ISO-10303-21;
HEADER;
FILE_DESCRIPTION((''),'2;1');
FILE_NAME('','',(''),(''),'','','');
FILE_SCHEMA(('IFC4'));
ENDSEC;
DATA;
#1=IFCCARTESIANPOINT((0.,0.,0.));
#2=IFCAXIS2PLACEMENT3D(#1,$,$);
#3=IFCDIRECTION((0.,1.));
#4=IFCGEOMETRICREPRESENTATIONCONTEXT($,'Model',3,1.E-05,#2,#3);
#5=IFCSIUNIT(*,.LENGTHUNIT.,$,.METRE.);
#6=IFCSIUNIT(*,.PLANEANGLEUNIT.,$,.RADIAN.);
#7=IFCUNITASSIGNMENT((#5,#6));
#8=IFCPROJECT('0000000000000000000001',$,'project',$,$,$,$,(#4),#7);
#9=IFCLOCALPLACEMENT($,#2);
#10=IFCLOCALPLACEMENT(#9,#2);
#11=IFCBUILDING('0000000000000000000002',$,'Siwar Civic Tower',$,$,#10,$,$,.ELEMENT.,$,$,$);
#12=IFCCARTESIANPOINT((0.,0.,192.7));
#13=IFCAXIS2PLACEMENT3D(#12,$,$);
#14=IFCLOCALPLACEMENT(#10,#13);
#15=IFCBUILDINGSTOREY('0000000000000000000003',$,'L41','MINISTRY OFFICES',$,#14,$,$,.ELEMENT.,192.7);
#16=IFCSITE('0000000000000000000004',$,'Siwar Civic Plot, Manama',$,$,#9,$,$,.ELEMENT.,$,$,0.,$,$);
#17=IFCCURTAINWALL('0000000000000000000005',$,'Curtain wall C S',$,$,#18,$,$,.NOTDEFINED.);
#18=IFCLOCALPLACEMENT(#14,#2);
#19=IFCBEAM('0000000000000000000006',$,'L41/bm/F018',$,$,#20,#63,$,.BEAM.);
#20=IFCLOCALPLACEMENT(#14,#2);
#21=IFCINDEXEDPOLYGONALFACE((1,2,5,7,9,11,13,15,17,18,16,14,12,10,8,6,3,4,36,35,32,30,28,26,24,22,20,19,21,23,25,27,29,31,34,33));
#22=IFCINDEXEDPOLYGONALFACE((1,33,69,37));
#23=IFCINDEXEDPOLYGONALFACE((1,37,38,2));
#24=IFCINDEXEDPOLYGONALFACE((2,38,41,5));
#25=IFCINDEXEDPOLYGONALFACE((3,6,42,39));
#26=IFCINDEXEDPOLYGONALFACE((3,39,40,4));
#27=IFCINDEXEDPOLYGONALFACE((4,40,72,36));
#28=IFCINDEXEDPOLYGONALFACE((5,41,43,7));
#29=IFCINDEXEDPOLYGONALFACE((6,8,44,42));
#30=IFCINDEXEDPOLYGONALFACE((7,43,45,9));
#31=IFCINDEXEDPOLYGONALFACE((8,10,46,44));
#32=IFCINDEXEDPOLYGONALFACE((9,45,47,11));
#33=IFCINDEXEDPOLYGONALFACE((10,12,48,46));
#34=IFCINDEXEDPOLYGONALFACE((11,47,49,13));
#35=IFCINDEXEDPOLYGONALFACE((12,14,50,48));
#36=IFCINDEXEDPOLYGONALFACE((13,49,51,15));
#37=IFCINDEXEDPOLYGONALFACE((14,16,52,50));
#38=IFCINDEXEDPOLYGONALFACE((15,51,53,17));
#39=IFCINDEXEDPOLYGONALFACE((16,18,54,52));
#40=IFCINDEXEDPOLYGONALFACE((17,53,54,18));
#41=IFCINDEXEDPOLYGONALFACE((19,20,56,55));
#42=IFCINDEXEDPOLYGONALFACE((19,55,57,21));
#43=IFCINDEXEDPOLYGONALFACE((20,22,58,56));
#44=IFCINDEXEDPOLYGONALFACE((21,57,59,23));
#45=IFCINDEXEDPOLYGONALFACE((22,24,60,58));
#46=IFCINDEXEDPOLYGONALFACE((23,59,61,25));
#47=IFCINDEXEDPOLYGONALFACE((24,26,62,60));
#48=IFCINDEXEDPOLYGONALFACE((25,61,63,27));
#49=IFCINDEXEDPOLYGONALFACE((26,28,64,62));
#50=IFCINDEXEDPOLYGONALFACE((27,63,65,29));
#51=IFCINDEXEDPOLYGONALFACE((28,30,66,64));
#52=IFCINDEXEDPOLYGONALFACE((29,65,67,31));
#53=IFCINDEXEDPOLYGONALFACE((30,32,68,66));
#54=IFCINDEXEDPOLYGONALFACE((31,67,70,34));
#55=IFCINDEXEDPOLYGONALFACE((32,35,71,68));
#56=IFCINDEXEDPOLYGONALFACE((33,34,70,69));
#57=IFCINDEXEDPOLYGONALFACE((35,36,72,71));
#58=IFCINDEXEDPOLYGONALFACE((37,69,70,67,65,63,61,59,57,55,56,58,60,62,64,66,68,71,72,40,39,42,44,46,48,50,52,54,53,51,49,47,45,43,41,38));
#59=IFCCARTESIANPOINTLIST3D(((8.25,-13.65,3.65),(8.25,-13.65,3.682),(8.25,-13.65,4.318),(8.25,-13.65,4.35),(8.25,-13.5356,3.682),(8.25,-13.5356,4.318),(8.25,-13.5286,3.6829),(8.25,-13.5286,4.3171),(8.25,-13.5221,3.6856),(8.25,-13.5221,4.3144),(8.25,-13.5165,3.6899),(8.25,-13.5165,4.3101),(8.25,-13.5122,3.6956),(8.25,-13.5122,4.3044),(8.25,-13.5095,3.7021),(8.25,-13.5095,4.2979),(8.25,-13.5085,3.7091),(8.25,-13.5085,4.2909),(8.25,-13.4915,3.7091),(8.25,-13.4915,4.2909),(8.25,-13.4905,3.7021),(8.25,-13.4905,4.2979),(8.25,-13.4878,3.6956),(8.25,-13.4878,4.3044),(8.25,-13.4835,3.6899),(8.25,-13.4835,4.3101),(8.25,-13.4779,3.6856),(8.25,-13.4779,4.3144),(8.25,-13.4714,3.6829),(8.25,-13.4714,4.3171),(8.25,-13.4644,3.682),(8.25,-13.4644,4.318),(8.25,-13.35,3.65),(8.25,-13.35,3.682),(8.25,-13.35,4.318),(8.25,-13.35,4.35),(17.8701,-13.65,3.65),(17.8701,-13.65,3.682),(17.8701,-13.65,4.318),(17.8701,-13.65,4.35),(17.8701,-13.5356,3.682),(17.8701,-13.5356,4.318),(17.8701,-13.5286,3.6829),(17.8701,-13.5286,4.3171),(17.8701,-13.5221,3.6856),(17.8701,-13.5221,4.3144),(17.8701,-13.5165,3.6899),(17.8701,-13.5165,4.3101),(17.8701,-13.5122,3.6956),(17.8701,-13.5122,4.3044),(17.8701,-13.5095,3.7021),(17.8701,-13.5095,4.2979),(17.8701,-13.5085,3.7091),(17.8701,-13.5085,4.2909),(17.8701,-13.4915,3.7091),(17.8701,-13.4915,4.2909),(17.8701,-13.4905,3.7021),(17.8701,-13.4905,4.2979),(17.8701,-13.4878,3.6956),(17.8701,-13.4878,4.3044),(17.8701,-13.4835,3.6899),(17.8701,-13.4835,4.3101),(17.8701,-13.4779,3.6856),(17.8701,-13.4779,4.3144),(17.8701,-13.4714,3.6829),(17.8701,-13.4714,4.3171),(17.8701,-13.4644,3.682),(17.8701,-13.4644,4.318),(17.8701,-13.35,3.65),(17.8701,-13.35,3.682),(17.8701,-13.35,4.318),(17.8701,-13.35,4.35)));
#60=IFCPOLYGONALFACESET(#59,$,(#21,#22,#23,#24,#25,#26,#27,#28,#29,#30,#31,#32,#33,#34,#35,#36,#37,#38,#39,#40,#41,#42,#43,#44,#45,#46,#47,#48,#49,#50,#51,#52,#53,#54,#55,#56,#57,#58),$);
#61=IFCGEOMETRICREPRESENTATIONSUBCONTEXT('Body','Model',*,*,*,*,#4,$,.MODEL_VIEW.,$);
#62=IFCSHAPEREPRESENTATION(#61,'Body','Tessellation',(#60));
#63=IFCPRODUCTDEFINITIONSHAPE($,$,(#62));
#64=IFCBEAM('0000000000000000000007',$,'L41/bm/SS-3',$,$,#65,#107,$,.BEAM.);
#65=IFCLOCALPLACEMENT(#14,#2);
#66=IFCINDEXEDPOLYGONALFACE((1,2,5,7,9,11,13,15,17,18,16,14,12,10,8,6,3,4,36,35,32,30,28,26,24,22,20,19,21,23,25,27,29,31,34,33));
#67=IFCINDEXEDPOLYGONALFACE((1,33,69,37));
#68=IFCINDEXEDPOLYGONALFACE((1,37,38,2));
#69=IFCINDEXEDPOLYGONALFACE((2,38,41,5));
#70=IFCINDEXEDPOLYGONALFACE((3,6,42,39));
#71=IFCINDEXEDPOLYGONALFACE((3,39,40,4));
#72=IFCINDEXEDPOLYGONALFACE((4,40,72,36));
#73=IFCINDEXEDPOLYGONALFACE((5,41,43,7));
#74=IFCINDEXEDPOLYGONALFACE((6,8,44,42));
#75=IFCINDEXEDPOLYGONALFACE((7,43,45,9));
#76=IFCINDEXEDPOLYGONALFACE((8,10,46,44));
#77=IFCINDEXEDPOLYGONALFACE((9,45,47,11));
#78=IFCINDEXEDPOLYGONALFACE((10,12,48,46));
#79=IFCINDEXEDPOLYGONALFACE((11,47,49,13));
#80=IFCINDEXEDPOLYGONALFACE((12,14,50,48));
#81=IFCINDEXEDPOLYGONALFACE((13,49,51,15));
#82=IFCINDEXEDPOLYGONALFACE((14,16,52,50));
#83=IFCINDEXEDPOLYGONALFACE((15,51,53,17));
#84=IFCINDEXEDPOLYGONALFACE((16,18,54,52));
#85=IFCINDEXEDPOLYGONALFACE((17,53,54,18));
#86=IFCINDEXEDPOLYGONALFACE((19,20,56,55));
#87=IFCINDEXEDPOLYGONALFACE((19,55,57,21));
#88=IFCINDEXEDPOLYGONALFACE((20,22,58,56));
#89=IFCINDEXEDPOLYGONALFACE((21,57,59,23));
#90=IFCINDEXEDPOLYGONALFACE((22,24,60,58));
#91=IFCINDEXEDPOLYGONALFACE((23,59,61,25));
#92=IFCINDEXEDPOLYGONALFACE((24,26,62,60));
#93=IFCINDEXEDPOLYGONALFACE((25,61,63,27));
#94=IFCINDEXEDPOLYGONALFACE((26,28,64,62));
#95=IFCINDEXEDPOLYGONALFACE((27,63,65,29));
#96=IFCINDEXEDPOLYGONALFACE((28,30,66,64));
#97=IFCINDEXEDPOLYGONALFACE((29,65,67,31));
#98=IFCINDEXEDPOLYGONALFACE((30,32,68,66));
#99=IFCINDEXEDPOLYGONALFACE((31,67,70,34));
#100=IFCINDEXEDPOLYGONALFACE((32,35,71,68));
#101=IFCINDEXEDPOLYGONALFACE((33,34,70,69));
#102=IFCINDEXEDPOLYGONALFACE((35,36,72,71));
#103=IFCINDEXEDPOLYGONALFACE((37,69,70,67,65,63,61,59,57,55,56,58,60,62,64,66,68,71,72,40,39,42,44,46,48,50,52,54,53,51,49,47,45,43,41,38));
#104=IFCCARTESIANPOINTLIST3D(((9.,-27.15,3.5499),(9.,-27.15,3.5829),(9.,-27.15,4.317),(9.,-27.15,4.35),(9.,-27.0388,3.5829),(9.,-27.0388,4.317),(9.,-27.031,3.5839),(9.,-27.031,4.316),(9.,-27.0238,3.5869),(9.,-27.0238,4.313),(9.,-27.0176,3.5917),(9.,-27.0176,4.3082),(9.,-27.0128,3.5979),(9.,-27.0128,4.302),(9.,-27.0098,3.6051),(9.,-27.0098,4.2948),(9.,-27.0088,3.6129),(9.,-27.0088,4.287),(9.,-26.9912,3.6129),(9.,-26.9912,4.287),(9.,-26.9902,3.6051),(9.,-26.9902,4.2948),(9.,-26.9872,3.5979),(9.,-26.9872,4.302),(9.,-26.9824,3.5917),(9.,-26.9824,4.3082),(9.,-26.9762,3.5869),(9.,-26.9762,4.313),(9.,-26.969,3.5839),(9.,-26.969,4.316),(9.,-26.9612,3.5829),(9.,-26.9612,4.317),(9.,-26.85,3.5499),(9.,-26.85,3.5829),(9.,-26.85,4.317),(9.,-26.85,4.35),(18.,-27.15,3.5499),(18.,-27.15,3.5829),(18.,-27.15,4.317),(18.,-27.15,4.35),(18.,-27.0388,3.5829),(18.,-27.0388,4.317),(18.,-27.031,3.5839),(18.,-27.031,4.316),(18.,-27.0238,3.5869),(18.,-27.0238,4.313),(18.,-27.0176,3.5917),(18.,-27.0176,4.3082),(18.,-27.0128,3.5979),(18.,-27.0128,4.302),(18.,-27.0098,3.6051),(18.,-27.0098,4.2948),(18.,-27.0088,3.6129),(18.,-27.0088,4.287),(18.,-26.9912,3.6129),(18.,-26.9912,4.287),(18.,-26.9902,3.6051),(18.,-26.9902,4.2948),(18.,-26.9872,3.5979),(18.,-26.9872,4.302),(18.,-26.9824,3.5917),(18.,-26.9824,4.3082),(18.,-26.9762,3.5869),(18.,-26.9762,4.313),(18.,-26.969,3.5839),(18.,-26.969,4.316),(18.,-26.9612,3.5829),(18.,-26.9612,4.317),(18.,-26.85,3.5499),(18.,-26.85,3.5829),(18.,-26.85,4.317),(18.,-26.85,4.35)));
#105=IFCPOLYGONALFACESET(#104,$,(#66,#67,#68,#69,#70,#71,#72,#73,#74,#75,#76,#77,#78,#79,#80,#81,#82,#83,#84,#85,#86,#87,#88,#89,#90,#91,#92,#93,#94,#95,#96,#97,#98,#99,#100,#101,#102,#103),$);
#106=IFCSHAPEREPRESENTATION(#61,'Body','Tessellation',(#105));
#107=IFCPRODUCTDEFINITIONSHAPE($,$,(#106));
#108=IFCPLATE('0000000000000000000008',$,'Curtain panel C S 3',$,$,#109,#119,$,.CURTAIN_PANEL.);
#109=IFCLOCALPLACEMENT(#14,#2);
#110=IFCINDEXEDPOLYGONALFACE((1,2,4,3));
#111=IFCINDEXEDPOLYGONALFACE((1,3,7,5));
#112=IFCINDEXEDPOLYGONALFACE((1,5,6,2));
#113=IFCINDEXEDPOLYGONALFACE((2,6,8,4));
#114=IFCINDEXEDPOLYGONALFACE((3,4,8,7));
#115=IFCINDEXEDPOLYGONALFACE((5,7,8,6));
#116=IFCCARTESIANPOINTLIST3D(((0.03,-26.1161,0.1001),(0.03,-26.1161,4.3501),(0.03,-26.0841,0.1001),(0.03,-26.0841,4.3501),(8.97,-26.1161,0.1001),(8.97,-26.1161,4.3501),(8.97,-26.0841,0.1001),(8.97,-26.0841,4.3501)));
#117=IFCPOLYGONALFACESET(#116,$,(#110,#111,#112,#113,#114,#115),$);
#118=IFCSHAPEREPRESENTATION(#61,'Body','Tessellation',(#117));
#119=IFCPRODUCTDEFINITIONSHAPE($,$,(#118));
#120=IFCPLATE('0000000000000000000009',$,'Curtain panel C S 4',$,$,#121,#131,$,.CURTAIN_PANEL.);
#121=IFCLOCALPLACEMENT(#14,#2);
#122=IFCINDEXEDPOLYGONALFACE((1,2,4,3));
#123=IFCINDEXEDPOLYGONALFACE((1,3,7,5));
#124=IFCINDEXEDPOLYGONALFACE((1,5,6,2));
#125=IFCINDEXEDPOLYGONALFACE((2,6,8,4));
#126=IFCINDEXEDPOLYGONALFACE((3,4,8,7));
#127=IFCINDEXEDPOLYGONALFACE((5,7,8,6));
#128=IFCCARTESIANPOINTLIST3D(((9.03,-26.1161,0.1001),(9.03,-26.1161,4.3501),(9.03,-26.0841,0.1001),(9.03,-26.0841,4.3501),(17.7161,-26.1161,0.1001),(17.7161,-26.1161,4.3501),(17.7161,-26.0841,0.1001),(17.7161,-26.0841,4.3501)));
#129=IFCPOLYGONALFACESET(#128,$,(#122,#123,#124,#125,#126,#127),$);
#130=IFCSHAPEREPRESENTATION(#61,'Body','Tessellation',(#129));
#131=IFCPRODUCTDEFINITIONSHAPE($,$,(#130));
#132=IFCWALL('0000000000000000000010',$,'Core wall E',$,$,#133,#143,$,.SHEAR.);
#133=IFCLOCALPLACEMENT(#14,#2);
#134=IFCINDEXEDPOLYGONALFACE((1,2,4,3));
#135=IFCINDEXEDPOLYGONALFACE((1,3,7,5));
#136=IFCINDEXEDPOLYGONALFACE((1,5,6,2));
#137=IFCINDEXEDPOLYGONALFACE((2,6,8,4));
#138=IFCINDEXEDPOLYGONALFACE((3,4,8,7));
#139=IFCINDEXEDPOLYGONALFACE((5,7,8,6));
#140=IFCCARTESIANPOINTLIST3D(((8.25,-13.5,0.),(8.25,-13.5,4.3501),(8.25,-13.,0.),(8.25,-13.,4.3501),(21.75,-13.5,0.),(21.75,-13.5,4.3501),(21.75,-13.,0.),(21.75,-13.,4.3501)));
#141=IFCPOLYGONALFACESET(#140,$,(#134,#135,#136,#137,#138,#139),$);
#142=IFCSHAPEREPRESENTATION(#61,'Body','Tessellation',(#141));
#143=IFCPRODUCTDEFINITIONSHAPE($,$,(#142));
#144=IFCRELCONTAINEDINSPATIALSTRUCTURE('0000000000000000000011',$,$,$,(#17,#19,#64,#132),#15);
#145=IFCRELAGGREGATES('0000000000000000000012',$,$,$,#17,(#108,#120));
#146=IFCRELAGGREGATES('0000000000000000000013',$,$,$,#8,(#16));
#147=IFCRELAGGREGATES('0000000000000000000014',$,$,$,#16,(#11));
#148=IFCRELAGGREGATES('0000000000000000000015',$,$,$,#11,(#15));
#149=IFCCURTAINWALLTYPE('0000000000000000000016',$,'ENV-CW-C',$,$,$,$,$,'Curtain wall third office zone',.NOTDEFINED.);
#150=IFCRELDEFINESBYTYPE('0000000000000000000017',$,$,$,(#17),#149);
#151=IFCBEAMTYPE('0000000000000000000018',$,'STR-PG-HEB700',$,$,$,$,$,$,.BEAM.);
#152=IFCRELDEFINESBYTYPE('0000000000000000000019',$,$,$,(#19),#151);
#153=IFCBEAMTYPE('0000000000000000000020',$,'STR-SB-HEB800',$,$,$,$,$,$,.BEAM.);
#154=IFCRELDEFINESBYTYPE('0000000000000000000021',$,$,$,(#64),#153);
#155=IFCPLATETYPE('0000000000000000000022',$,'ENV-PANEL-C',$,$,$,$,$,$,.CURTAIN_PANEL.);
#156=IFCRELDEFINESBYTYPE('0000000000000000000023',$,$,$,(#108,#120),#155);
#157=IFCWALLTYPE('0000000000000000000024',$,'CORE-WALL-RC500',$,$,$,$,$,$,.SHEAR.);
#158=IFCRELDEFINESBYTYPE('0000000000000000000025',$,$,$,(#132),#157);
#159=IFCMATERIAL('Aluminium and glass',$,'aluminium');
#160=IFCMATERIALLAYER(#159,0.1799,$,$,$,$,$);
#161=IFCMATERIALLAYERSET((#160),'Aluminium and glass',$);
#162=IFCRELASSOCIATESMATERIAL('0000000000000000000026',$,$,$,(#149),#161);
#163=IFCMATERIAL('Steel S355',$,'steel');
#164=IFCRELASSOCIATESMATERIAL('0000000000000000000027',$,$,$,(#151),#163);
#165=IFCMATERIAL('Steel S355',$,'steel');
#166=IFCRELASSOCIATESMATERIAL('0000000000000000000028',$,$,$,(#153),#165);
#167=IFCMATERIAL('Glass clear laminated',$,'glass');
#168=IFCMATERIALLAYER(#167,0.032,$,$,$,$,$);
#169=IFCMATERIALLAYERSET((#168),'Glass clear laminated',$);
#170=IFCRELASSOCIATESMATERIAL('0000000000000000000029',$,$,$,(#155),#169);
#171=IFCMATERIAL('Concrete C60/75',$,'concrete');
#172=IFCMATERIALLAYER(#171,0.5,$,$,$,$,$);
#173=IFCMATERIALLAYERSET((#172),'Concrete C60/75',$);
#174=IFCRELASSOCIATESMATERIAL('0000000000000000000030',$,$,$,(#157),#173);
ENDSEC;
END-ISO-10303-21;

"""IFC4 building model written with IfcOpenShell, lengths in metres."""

from ifc_helpers import new_model, si_unit, direction, frame, frame_2d, origin, origin_2d, place, context, subcontext, project, spatial, rectangle, i_section, extrude, material, layer, layer_set, material_profile, profile_set, type_object, element, aggregate, save


model = new_model("IFC4")

# Units and contexts
model_context = context("Model", 3, precision=1e-05, world=origin(), true_north=direction((0.0, 1.0)))
body_context = subcontext(model_context, "Body", "Model", "MODEL_VIEW")
ifc_project = project(units=[si_unit("LENGTHUNIT", "METRE"), si_unit("PLANEANGLEUNIT", "RADIAN")], contexts=[model_context])

# Site, building, storey
site_placement = place(None, origin())
site = spatial("IfcSite", under=ifc_project, at=site_placement, Name="Siwar Civic Plot, Manama", CompositionType="ELEMENT", RefElevation=0.0)
building_placement = place(site_placement, origin())
building = spatial("IfcBuilding", under=site, at=building_placement, Name="Siwar Civic Tower", CompositionType="ELEMENT")
storey_placement = place(building_placement, frame((0.0, 0.0, 192.7)))
storey = spatial("IfcBuildingStorey", under=building, at=storey_placement, Name="L41", Description="MINISTRY OFFICES", CompositionType="ELEMENT", Elevation=192.7)

# Curtain wall
ifc_material_1 = material(Name="Aluminium and glass", Category="aluminium")
ifc_layer_1 = layer(ifc_material_1, 0.1799)
ifc_layer_set_1 = layer_set([ifc_layer_1], Name="Aluminium and glass")
curtain_wall_type = type_object("IfcCurtainWallType", Name="ENV-CW-C", ElementType="Curtain wall third office zone", PredefinedType="NOTDEFINED", material=ifc_layer_set_1)
curtain_wall_placement = place(storey_placement, origin())
curtain_wall = element("IfcCurtainWall", 1, at=curtain_wall_placement, inside=storey, type_object=curtain_wall_type, Name="Curtain wall C S", PredefinedType="NOTDEFINED")

# Beams
ifc_material_2 = material(Name="Steel S355", Category="steel")
ifc_material_profile_1 = material_profile(ifc_material_2, i_section(OverallWidth=0.3, OverallDepth=0.7, WebThickness=0.0171, FlangeThickness=0.032, FilletRadius=0.0271, at=origin_2d()), Name="HEB700")
ifc_profile_set_1 = profile_set([ifc_material_profile_1], Name="Steel S355")
beam_type_1 = type_object("IfcBeamType", Name="STR-PG-HEB700", PredefinedType="BEAM", material=ifc_profile_set_1)
beam_1_placement = place(storey_placement, frame((8.25, -13.5, 4.0), z_axis=(1.0, 0.0, 0.0), x_axis=(0.0, 1.0, 0.0)))
element("IfcBeam", 2, at=beam_1_placement, inside=storey, type_object=beam_type_1, Name="L41/bm/F018", PredefinedType="BEAM", context=body_context, shape_type="SweptSolid", body=[
    extrude(i_section(OverallWidth=0.3, OverallDepth=0.7, WebThickness=0.0171, FlangeThickness=0.032, FilletRadius=0.0271, at=origin_2d()), origin(), (0.0, 0.0, 1.0), 9.6201),
])
ifc_material_3 = material(Name="Steel S355", Category="steel")
ifc_material_profile_2 = material_profile(ifc_material_3, i_section(OverallWidth=0.3, OverallDepth=0.8, WebThickness=0.0176, FlangeThickness=0.033, FilletRadius=0.03, at=origin_2d()), Name="HEB800")
ifc_profile_set_2 = profile_set([ifc_material_profile_2], Name="Steel S355")
beam_type_2 = type_object("IfcBeamType", Name="STR-SB-HEB800", PredefinedType="BEAM", material=ifc_profile_set_2)
beam_2_placement = place(storey_placement, frame((9.0, -27.0, 3.95), z_axis=(1.0, 0.0, 0.0), x_axis=(0.0, 1.0, 0.0)))
element("IfcBeam", 3, at=beam_2_placement, inside=storey, type_object=beam_type_2, Name="L41/bm/SS-3", PredefinedType="BEAM", context=body_context, shape_type="SweptSolid", body=[
    extrude(i_section(OverallWidth=0.3, OverallDepth=0.8, WebThickness=0.0176, FlangeThickness=0.033, FilletRadius=0.03, at=origin_2d()), origin(), (0.0, 0.0, 1.0), 9.0),
])

# Plates
ifc_material_4 = material(Name="Glass clear laminated", Category="glass")
ifc_layer_2 = layer(ifc_material_4, 0.032)
ifc_layer_set_2 = layer_set([ifc_layer_2], Name="Glass clear laminated")
plate_type = type_object("IfcPlateType", Name="ENV-PANEL-C", PredefinedType="CURTAIN_PANEL", material=ifc_layer_set_2)
plate_1_placement = place(storey_placement, frame((4.5, -26.1001, 0.1001), z_axis=(0.0, 0.0, 1.0), x_axis=(1.0, 0.0, 0.0)))
plate_1 = element("IfcPlate", 4, at=plate_1_placement, type_object=plate_type, Name="Curtain panel C S 3", PredefinedType="CURTAIN_PANEL", context=body_context, shape_type="SweptSolid", body=[
    extrude(rectangle(XDim=8.9399, YDim=0.032, at=origin_2d()), origin(), (0.0, 0.0, 1.0), 4.25),
])
plate_2_placement = place(storey_placement, frame((13.373, -26.1001, 0.1001), z_axis=(0.0, 0.0, 1.0), x_axis=(1.0, 0.0, 0.0)))
plate_2 = element("IfcPlate", 5, at=plate_2_placement, type_object=plate_type, Name="Curtain panel C S 4", PredefinedType="CURTAIN_PANEL", context=body_context, shape_type="SweptSolid", body=[
    extrude(rectangle(XDim=8.686, YDim=0.032, at=origin_2d()), origin(), (0.0, 0.0, 1.0), 4.25),
])
aggregate(curtain_wall, [plate_1, plate_2])

# Wall
ifc_material_5 = material(Name="Concrete C60/75", Category="concrete")
ifc_layer_3 = layer(ifc_material_5, 0.5)
ifc_layer_set_3 = layer_set([ifc_layer_3], Name="Concrete C60/75")
wall_type_1 = type_object("IfcWallType", Name="CORE-WALL-RC500", PredefinedType="SHEAR", material=ifc_layer_set_3)
wall_1_placement = place(storey_placement, frame((8.25, -13.25, 0.0), z_axis=(0.0, 0.0, 1.0), x_axis=(1.0, 0.0, 0.0)))
element("IfcWall", 6, at=wall_1_placement, inside=storey, type_object=wall_type_1, Name="Core wall E", PredefinedType="SHEAR", context=body_context, shape_type="SweptSolid", body=[
    extrude(rectangle(XDim=13.5, YDim=0.5, at=frame_2d((6.75, 0.0))), origin(), (0.0, 0.0, 1.0), 4.3501),
])

save(model, "model.ifc")
